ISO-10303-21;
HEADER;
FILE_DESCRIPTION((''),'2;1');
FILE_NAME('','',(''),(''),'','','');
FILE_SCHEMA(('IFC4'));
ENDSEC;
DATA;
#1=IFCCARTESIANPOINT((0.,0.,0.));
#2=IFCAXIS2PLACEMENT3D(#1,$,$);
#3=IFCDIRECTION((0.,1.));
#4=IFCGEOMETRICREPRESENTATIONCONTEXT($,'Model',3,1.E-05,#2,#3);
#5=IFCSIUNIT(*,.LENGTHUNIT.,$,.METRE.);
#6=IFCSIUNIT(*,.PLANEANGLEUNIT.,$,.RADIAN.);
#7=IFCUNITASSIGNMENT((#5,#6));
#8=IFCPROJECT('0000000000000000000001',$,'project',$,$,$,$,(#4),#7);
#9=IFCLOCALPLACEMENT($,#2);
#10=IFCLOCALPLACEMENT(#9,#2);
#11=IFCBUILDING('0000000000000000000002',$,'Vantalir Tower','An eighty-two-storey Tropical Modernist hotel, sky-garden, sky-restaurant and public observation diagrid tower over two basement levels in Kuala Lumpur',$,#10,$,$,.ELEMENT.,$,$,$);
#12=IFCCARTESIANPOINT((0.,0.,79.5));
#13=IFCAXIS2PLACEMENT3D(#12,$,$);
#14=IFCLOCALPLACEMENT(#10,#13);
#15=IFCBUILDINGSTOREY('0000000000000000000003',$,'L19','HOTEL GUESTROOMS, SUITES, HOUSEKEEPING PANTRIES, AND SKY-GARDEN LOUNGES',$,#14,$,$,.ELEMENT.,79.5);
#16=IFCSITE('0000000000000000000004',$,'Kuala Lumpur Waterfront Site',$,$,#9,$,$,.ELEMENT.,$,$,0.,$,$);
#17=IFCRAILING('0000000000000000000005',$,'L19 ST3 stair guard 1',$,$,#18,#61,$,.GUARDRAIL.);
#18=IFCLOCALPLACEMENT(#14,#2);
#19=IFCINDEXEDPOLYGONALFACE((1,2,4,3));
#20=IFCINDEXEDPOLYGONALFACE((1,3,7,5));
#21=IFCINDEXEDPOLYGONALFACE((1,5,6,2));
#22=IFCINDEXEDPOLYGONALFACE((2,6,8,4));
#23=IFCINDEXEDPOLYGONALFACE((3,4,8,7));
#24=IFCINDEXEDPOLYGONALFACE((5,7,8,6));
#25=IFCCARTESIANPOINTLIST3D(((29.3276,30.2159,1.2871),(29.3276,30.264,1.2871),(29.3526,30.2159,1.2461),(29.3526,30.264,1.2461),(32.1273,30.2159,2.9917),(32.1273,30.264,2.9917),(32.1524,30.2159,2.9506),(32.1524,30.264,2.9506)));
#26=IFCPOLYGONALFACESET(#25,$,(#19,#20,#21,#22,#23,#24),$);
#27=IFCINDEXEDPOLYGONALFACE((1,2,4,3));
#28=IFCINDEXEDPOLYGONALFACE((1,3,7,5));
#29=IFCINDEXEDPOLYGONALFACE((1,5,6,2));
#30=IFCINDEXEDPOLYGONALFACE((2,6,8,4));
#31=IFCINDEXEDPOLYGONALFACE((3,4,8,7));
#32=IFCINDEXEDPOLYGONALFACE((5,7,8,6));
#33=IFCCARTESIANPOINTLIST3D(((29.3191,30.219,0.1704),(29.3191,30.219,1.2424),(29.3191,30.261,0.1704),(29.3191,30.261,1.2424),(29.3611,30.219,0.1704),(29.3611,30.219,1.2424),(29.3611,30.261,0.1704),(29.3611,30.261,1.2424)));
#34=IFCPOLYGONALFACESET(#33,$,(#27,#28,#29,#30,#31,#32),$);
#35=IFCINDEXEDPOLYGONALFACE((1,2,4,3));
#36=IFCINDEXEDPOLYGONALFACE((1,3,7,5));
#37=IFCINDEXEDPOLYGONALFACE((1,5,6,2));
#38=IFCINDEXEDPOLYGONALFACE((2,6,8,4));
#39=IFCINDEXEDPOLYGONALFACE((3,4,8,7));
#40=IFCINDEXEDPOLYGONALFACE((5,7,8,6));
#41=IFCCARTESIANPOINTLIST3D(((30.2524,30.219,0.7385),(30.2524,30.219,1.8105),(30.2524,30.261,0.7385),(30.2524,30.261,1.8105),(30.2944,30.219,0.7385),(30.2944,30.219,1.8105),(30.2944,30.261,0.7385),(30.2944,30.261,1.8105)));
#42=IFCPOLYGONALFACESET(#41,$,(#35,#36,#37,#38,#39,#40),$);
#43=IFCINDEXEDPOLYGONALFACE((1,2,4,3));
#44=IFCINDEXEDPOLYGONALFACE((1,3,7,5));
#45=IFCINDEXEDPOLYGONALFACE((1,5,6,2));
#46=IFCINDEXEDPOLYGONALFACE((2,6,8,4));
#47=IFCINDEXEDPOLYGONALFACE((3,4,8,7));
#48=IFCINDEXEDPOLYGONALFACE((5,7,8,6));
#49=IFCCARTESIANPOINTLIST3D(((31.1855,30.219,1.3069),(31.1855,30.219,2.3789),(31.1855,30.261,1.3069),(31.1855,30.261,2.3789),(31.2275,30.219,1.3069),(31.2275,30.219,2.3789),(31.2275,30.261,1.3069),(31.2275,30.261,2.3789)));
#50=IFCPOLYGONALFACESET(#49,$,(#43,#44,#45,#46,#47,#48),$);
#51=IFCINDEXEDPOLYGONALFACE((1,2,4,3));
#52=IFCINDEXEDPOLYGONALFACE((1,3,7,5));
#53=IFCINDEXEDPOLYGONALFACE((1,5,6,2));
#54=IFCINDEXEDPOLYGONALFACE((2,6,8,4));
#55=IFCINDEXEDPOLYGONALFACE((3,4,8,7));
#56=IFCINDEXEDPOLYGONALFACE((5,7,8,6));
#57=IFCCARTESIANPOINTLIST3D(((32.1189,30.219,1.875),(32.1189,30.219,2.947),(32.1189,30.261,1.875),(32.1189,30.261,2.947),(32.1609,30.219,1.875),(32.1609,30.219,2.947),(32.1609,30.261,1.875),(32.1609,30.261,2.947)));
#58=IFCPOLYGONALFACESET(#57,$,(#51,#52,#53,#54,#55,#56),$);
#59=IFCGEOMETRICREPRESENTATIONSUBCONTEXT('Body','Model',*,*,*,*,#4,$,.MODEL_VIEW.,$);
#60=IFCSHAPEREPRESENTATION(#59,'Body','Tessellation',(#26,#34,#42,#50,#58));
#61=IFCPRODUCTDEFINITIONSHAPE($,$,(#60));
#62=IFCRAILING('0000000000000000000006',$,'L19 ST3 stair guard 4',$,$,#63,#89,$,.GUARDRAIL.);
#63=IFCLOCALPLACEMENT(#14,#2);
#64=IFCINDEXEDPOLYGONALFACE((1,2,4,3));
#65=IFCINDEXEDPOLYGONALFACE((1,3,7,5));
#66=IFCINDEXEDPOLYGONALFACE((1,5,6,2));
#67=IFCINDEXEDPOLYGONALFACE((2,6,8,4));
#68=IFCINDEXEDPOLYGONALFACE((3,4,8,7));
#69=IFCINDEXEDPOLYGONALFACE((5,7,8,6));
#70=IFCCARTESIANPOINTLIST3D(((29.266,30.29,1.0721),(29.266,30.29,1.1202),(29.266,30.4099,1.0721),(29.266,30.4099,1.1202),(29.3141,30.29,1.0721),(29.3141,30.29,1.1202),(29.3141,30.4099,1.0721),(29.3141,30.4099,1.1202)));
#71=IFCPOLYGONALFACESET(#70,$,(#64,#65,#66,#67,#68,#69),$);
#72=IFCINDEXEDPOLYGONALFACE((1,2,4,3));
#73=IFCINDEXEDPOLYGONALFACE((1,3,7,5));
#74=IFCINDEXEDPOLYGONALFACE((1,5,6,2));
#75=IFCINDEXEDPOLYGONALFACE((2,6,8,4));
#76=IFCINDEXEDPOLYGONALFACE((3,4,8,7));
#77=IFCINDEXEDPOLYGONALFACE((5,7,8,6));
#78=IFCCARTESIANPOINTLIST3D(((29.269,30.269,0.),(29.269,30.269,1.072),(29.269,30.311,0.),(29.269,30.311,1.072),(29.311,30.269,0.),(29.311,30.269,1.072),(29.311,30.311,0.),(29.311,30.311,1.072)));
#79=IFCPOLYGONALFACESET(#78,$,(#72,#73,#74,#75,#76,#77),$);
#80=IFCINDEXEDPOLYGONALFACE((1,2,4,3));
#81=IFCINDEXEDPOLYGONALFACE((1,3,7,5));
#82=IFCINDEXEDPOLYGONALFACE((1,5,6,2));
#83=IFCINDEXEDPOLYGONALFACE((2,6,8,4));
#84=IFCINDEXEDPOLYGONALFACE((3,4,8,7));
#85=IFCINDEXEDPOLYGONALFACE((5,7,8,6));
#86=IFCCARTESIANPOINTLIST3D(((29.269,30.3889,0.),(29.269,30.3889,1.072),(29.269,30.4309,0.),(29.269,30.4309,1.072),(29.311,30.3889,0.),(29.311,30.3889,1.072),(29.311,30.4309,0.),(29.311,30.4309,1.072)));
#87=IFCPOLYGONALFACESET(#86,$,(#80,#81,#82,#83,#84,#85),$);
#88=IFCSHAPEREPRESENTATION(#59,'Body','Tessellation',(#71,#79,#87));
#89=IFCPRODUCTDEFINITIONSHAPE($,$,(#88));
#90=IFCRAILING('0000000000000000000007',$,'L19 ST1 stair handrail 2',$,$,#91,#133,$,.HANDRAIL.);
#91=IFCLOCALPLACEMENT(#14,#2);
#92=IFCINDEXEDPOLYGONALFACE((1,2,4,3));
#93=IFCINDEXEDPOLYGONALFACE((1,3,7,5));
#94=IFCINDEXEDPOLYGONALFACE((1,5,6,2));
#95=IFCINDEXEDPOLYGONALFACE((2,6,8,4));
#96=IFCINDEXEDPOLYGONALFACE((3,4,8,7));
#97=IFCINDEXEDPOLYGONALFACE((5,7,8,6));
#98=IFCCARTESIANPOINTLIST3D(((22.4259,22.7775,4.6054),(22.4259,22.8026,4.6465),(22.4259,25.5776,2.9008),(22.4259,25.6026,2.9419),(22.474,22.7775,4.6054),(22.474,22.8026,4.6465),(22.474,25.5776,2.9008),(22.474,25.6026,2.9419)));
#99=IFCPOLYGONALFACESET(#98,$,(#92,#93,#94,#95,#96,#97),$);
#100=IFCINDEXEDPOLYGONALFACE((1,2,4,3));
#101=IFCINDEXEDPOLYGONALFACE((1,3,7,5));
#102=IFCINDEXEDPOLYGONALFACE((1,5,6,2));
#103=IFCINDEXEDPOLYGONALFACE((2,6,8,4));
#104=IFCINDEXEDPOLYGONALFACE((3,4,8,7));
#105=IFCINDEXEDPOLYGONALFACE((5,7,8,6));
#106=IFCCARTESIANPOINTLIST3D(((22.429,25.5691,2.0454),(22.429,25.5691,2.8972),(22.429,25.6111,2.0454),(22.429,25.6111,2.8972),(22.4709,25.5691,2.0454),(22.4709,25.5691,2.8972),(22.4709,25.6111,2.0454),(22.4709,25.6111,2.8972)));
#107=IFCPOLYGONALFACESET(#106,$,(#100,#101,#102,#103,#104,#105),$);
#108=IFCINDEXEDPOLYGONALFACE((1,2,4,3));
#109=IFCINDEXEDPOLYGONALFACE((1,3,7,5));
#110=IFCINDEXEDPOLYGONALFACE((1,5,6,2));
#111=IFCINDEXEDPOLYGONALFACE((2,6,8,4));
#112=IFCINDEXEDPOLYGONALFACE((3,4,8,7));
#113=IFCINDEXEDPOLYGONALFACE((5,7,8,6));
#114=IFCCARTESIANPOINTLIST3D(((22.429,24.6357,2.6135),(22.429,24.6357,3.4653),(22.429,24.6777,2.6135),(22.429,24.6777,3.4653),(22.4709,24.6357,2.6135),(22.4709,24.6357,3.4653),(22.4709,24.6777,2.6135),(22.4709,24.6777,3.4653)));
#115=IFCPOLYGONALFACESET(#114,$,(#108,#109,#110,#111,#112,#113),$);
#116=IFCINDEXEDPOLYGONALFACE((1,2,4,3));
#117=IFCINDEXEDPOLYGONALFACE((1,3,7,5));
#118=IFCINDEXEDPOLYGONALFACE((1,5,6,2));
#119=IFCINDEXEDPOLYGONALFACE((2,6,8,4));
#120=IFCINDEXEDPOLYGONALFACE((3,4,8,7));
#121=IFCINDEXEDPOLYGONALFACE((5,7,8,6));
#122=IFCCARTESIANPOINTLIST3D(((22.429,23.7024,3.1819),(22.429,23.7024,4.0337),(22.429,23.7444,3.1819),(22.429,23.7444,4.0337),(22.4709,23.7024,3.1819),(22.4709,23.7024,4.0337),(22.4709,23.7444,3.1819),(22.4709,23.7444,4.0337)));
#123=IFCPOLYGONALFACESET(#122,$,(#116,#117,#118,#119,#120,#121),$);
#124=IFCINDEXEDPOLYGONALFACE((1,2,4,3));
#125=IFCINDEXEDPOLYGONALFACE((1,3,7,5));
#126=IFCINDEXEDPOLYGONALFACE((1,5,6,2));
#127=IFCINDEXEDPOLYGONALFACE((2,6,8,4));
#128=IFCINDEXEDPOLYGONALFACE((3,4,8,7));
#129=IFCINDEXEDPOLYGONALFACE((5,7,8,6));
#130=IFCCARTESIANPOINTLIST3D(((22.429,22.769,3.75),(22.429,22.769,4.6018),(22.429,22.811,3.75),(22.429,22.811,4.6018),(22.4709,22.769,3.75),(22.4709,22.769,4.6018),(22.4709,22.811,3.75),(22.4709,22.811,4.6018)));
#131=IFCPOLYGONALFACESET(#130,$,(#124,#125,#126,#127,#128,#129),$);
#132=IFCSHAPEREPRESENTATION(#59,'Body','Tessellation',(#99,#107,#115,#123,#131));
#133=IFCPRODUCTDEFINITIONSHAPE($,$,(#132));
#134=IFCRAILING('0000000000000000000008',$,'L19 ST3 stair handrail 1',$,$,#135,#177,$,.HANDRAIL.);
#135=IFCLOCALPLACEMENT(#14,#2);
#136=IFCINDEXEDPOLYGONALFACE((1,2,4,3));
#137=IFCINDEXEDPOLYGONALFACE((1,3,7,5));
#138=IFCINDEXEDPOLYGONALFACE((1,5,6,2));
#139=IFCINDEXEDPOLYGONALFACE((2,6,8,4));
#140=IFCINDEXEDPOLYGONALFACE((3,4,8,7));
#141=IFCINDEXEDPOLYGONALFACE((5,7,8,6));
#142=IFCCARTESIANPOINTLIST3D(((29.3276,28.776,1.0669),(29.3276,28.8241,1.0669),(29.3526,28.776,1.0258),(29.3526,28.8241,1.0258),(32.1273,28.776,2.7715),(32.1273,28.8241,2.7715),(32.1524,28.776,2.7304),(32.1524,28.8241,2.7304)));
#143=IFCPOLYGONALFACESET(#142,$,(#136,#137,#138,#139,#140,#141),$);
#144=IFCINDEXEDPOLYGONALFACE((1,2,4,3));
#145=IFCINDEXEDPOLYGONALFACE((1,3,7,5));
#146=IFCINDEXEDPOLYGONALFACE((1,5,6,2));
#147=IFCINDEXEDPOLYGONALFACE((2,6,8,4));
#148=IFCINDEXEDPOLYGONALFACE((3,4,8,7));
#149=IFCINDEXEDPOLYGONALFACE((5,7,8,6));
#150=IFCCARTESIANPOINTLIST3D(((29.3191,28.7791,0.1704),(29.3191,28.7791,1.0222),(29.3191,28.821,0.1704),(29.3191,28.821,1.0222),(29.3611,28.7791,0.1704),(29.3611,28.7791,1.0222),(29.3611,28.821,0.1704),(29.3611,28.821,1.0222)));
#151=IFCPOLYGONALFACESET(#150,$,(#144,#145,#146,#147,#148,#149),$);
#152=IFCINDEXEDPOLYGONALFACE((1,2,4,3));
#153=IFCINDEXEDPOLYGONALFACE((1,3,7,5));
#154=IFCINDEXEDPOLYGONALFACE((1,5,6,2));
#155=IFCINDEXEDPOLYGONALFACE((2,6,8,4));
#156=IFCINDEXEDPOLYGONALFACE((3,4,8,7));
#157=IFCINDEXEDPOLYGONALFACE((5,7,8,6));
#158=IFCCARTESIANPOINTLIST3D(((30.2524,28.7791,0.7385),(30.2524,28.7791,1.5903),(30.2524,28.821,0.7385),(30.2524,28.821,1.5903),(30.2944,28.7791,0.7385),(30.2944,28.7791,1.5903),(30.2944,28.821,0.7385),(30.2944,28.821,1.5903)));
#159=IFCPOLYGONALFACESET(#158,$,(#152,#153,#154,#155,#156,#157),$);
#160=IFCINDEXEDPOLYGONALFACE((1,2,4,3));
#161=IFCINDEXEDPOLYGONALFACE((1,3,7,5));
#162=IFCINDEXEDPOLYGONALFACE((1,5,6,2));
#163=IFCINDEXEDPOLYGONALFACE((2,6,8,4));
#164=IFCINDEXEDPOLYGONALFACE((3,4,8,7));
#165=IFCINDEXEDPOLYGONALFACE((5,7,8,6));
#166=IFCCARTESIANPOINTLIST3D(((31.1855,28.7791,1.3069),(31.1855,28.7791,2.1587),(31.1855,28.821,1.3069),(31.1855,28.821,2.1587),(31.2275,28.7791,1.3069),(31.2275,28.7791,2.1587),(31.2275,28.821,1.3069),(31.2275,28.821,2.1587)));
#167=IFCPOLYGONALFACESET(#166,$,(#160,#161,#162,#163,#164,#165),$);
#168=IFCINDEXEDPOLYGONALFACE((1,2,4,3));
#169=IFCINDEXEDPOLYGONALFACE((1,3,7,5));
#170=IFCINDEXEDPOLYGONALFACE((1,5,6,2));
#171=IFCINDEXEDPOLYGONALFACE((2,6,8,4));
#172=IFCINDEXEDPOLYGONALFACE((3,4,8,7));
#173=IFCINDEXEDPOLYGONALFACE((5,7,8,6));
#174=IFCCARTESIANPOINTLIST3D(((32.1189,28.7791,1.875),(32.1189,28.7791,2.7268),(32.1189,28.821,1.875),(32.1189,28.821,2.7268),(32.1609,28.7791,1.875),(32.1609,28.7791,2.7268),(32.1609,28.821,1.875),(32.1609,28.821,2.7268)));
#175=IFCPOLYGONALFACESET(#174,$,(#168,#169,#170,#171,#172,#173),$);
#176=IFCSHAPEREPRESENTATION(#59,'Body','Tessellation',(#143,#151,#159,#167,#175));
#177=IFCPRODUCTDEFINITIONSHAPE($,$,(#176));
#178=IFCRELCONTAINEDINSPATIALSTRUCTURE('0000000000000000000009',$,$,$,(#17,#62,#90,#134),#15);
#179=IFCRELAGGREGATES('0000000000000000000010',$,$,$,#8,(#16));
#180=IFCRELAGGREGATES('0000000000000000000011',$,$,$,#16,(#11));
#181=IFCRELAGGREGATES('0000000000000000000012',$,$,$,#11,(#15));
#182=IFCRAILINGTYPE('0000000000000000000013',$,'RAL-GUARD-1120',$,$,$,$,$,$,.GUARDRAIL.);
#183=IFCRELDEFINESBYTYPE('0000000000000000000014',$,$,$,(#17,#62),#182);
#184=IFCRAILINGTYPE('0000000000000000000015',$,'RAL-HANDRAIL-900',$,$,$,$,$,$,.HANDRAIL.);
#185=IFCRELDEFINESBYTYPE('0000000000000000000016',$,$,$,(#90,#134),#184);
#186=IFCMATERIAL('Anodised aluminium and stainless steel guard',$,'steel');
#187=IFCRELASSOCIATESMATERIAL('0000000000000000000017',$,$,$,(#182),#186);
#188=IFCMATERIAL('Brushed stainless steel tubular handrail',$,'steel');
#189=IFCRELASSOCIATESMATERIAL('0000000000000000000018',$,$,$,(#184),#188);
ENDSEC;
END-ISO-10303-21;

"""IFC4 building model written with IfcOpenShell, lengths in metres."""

from ifc_helpers import new_model, si_unit, direction, frame, origin, origin_2d, place, context, subcontext, project, spatial, rectangle, extrude, material, type_object, element, save


model = new_model("IFC4")

# Units and contexts
model_context = context("Model", 3, precision=1e-05, world=origin(), true_north=direction((0.0, 1.0)))
body_context = subcontext(model_context, "Body", "Model", "MODEL_VIEW")
ifc_project = project(units=[si_unit("LENGTHUNIT", "METRE"), si_unit("PLANEANGLEUNIT", "RADIAN")], contexts=[model_context])

# Site, building, storey
site_placement = place(None, origin())
site = spatial("IfcSite", under=ifc_project, at=site_placement, Name="Kuala Lumpur Waterfront Site", CompositionType="ELEMENT", RefElevation=0.0)
building_placement = place(site_placement, origin())
building = spatial("IfcBuilding", under=site, at=building_placement, Name="Vantalir Tower", Description="An eighty-two-storey Tropical Modernist hotel, sky-garden, sky-restaurant and public observation diagrid tower over two basement levels in Kuala Lumpur", CompositionType="ELEMENT")
storey_placement = place(building_placement, frame((0.0, 0.0, 79.5)))
storey = spatial("IfcBuildingStorey", under=building, at=storey_placement, Name="L19", Description="HOTEL GUESTROOMS, SUITES, HOUSEKEEPING PANTRIES, AND SKY-GARDEN LOUNGES", CompositionType="ELEMENT", Elevation=79.5)

# Railings
ifc_material_1 = material(Name="Anodised aluminium and stainless steel guard", Category="steel")
railing_type_1 = type_object("IfcRailingType", Name="RAL-GUARD-1120", PredefinedType="GUARDRAIL", material=ifc_material_1)
railing_1_placement = place(storey_placement, frame((29.3401, 30.24, 0.1704)))
element("IfcRailing", 1, at=railing_1_placement, inside=storey, type_object=railing_type_1, Name="L19 ST3 stair guard 1", PredefinedType="GUARDRAIL", context=body_context, shape_type="SweptSolid", body=[
    extrude(rectangle(XDim=0.0481, YDim=0.0481, at=origin_2d()), frame((0.0, 0.0, 1.0962), z_axis=(0.85415, 0.0, 0.520027), x_axis=(0.0, 1.0, 0.0)), (0.0, 0.0, 1.0), 3.2778),
    extrude(rectangle(XDim=0.042, YDim=0.042, at=origin_2d()), origin(), (0.0, 0.0, 1.0), 1.072),
    extrude(rectangle(XDim=0.042, YDim=0.042, at=origin_2d()), frame((0.9333, 0.0, 0.5681)), (0.0, 0.0, 1.0), 1.072),
    extrude(rectangle(XDim=0.042, YDim=0.042, at=origin_2d()), frame((1.8665, 0.0, 1.1365)), (0.0, 0.0, 1.0), 1.072),
    extrude(rectangle(XDim=0.042, YDim=0.042, at=origin_2d()), frame((2.7998, 0.0, 1.7046)), (0.0, 0.0, 1.0), 1.072),
])
railing_2_placement = place(storey_placement, frame((29.29, 30.29, 0.0)))
element("IfcRailing", 2, at=railing_2_placement, inside=storey, type_object=railing_type_1, Name="L19 ST3 stair guard 4", PredefinedType="GUARDRAIL", context=body_context, shape_type="SweptSolid", body=[
    extrude(rectangle(XDim=0.0481, YDim=0.0481, at=origin_2d()), frame((0.0, 0.0, 1.0962), z_axis=(0.0, 1.0, 0.0), x_axis=(-1.0, 0.0, 0.0)), (0.0, 0.0, 1.0), 0.1199),
    extrude(rectangle(XDim=0.042, YDim=0.042, at=origin_2d()), origin(), (0.0, 0.0, 1.0), 1.072),
    extrude(rectangle(XDim=0.042, YDim=0.042, at=origin_2d()), frame((0.0, 0.1199, 0.0)), (0.0, 0.0, 1.0), 1.072),
])
ifc_material_2 = material(Name="Brushed stainless steel tubular handrail", Category="steel")
railing_type_2 = type_object("IfcRailingType", Name="RAL-HANDRAIL-900", PredefinedType="HANDRAIL", material=ifc_material_2)
railing_3_placement = place(storey_placement, frame((22.45, 25.5901, 2.0454)))
element("IfcRailing", 3, at=railing_3_placement, inside=storey, type_object=railing_type_2, Name="L19 ST1 stair handrail 2", PredefinedType="HANDRAIL", context=body_context, shape_type="SweptSolid", body=[
    extrude(rectangle(XDim=0.0481, YDim=0.0481, at=origin_2d()), frame((0.0, 0.0, 0.876), z_axis=(0.0, -0.85417, 0.519994), x_axis=(1.0, 0.0, 0.0)), (0.0, 0.0, 1.0), 3.2781),
    extrude(rectangle(XDim=0.042, YDim=0.042, at=origin_2d()), origin(), (0.0, 0.0, 1.0), 0.8518),
    extrude(rectangle(XDim=0.042, YDim=0.042, at=origin_2d()), frame((0.0, -0.9333, 0.5681)), (0.0, 0.0, 1.0), 0.8518),
    extrude(rectangle(XDim=0.042, YDim=0.042, at=origin_2d()), frame((0.0, -1.8667, 1.1365)), (0.0, 0.0, 1.0), 0.8518),
    extrude(rectangle(XDim=0.042, YDim=0.042, at=origin_2d()), frame((0.0, -2.8, 1.7046)), (0.0, 0.0, 1.0), 0.8518),
])
railing_4_placement = place(storey_placement, frame((29.3401, 28.8, 0.1704)))
element("IfcRailing", 4, at=railing_4_placement, inside=storey, type_object=railing_type_2, Name="L19 ST3 stair handrail 1", PredefinedType="HANDRAIL", context=body_context, shape_type="SweptSolid", body=[
    extrude(rectangle(XDim=0.0481, YDim=0.0481, at=origin_2d()), frame((0.0, 0.0, 0.876), z_axis=(0.85415, 0.0, 0.520027), x_axis=(0.0, 1.0, 0.0)), (0.0, 0.0, 1.0), 3.2778),
    extrude(rectangle(XDim=0.042, YDim=0.042, at=origin_2d()), origin(), (0.0, 0.0, 1.0), 0.8518),
    extrude(rectangle(XDim=0.042, YDim=0.042, at=origin_2d()), frame((0.9333, 0.0, 0.5681)), (0.0, 0.0, 1.0), 0.8518),
    extrude(rectangle(XDim=0.042, YDim=0.042, at=origin_2d()), frame((1.8665, 0.0, 1.1365)), (0.0, 0.0, 1.0), 0.8518),
    extrude(rectangle(XDim=0.042, YDim=0.042, at=origin_2d()), frame((2.7998, 0.0, 1.7046)), (0.0, 0.0, 1.0), 0.8518),
])

save(model, "model.ifc")
